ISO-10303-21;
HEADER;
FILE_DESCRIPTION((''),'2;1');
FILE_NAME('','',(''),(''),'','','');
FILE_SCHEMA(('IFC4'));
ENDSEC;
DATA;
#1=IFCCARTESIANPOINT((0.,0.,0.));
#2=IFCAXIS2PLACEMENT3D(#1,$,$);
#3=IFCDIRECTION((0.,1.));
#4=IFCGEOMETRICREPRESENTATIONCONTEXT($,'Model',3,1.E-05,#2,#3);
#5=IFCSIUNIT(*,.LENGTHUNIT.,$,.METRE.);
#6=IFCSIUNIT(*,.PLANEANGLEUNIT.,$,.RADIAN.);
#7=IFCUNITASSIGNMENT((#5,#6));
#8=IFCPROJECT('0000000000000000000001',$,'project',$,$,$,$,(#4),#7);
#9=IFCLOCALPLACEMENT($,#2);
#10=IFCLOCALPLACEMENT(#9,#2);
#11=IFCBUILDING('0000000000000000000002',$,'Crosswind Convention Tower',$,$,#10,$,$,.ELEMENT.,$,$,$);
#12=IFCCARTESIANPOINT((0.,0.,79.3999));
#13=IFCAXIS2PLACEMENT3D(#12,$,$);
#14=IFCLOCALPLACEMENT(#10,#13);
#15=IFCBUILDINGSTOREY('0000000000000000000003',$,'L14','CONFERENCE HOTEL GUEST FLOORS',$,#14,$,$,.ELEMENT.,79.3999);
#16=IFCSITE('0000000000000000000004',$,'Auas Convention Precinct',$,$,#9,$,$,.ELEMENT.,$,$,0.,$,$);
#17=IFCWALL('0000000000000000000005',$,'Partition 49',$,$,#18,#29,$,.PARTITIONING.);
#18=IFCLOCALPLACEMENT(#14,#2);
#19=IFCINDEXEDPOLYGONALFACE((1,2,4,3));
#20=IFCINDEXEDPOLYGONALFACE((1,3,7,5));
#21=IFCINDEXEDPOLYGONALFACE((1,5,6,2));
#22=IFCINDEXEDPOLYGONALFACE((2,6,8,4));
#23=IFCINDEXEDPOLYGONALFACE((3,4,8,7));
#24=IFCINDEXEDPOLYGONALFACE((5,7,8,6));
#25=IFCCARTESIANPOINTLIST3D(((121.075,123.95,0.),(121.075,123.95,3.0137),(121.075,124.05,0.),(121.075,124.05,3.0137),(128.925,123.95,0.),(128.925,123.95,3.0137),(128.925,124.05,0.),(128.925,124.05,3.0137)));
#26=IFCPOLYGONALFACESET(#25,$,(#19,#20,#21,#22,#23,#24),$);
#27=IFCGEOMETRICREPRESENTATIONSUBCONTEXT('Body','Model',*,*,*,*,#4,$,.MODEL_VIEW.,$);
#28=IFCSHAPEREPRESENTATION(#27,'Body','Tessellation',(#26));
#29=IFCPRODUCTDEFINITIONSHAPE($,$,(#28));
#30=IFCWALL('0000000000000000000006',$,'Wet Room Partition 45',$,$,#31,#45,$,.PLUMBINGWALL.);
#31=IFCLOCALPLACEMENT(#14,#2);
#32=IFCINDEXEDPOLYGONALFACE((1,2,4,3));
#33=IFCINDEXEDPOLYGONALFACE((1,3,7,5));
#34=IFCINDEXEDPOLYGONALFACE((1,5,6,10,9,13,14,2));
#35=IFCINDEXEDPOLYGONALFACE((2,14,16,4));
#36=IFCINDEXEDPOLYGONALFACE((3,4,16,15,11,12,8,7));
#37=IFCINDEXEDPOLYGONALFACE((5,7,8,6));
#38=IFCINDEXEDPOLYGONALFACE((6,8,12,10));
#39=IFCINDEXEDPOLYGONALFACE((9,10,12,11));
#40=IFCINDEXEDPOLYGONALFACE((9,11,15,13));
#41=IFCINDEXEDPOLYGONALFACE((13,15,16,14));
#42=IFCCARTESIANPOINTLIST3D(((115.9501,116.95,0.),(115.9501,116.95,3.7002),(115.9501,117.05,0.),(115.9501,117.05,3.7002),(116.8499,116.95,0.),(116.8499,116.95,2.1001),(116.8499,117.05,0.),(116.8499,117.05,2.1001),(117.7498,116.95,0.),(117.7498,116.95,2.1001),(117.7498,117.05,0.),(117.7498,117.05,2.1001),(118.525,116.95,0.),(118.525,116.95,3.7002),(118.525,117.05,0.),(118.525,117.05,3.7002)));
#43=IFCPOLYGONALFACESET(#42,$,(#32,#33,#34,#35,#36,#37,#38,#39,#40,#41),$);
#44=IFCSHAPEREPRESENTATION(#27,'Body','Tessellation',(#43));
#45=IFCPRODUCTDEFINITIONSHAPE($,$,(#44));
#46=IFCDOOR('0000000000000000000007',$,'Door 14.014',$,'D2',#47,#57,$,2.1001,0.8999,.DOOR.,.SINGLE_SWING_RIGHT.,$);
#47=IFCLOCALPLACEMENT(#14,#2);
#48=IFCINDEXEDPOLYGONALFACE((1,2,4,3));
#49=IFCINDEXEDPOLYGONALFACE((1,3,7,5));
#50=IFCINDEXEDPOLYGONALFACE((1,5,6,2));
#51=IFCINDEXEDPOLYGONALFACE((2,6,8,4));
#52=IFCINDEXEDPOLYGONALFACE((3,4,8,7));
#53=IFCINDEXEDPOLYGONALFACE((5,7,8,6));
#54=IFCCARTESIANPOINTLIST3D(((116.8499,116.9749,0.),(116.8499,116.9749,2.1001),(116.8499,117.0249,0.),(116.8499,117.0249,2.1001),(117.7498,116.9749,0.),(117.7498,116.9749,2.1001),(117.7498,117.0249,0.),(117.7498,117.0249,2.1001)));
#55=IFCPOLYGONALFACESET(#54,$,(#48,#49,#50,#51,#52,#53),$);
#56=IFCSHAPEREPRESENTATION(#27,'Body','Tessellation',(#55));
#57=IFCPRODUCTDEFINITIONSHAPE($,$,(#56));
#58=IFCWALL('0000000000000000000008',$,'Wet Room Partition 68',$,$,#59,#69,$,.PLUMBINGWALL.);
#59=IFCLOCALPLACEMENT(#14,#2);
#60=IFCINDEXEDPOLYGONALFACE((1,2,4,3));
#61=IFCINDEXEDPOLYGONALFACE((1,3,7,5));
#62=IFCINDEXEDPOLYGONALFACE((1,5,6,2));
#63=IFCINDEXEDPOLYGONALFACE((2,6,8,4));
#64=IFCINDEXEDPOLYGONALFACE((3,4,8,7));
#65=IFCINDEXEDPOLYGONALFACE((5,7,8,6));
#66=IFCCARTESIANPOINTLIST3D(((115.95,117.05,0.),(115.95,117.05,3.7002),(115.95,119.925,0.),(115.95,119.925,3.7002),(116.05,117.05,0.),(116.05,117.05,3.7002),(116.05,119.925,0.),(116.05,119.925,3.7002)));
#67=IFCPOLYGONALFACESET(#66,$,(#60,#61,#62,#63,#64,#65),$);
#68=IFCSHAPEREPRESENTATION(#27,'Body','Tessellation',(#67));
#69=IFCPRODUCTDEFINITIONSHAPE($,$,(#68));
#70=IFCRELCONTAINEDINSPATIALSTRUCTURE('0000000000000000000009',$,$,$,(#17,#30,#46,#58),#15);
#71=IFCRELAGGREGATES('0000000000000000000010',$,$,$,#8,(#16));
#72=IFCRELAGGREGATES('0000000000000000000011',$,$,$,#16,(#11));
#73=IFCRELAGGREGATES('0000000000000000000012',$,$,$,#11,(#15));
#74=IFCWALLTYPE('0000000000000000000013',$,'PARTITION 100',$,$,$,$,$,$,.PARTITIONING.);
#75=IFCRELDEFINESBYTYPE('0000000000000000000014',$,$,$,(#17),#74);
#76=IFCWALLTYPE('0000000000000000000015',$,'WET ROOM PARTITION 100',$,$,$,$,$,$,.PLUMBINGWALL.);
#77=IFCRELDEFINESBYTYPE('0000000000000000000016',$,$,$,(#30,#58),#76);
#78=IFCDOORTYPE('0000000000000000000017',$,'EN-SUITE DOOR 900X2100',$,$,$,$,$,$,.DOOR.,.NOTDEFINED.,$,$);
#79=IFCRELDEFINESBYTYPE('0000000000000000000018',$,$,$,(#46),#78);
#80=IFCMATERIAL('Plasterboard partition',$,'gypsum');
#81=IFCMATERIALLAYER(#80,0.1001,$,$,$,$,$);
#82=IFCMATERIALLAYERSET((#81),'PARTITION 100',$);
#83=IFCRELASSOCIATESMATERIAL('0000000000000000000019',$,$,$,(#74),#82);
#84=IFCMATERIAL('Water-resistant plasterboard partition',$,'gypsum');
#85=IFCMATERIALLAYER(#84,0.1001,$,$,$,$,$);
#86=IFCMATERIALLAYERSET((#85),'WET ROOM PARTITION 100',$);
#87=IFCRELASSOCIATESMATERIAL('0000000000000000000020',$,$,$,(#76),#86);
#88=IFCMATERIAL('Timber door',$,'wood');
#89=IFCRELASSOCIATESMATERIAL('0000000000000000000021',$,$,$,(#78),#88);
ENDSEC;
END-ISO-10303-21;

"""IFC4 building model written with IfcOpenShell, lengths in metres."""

from ifc_helpers import new_model, si_unit, direction, frame, frame_2d, origin, place, context, subcontext, project, spatial, rectangle, extrude, material, layer, layer_set, type_object, element, fill, save


model = new_model("IFC4")

# Units and contexts
model_context = context("Model", 3, precision=1e-05, world=origin(), true_north=direction((0.0, 1.0)))
body_context = subcontext(model_context, "Body", "Model", "MODEL_VIEW")
ifc_project = project(units=[si_unit("LENGTHUNIT", "METRE"), si_unit("PLANEANGLEUNIT", "RADIAN")], contexts=[model_context])

# Site, building, storey
site_placement = place(None, origin())
site = spatial("IfcSite", under=ifc_project, at=site_placement, Name="Auas Convention Precinct", CompositionType="ELEMENT", RefElevation=0.0)
building_placement = place(site_placement, origin())
building = spatial("IfcBuilding", under=site, at=building_placement, Name="Crosswind Convention Tower", CompositionType="ELEMENT")
storey_placement = place(building_placement, frame((0.0, 0.0, 79.3999)))
storey = spatial("IfcBuildingStorey", under=building, at=storey_placement, Name="L14", Description="CONFERENCE HOTEL GUEST FLOORS", CompositionType="ELEMENT", Elevation=79.3999)

# Shared definitions
ifc_material_1 = material(Name="Plasterboard partition", Category="gypsum")

# Wall
ifc_layer_1 = layer(ifc_material_1, 0.1001)
ifc_layer_set_1 = layer_set([ifc_layer_1], Name="PARTITION 100")
wall_type_1 = type_object("IfcWallType", Name="PARTITION 100", PredefinedType="PARTITIONING", material=ifc_layer_set_1)
wall_1_placement = place(storey_placement, frame((121.075, 124.0, 0.0), z_axis=(0.0, 0.0, 1.0), x_axis=(1.0, 0.0, 0.0)))
element("IfcWall", 1, at=wall_1_placement, inside=storey, type_object=wall_type_1, Name="Partition 49", PredefinedType="PARTITIONING", context=body_context, shape_type="SweptSolid", body=[
    extrude(rectangle(XDim=7.8501, YDim=0.1001, at=frame_2d((3.925, 0.0))), origin(), (0.0, 0.0, 1.0), 3.0137),
])

# Wall, opening, door
ifc_material_2 = material(Name="Water-resistant plasterboard partition", Category="gypsum")
ifc_layer_2 = layer(ifc_material_2, 0.1001)
ifc_layer_set_2 = layer_set([ifc_layer_2], Name="WET ROOM PARTITION 100")
wall_type_2 = type_object("IfcWallType", Name="WET ROOM PARTITION 100", PredefinedType="PLUMBINGWALL", material=ifc_layer_set_2)
wall_2_placement = place(storey_placement, frame((115.95, 117.0, 0.0), z_axis=(0.0, 0.0, 1.0), x_axis=(1.0, 0.0, 0.0)))
wall_2 = element("IfcWall", 2, at=wall_2_placement, inside=storey, type_object=wall_type_2, Name="Wet Room Partition 45", PredefinedType="PLUMBINGWALL", context=body_context, shape_type="SweptSolid", body=[
    extrude(rectangle(XDim=2.575, YDim=0.1001, at=frame_2d((1.2876, 0.0))), origin(), (0.0, 0.0, 1.0), 3.7002),
])
opening_1_placement = place(wall_2_placement, frame((0.8999, 0.0, 0.0)))
opening_1 = element("IfcOpeningElement", 3, at=opening_1_placement, cuts=wall_2, PredefinedType="OPENING", context=body_context, shape_type="SweptSolid", body=[
    extrude(rectangle(XDim=0.8999, YDim=2.1001, at=frame_2d((0.45, 1.05))), frame((0.0, 0.0601, 0.0), z_axis=(0.0, -1.0, 0.0), x_axis=(1.0, 0.0, 0.0)), (0.0, 0.0, 1.0), 0.1201),
])
ifc_material_3 = material(Name="Timber door", Category="wood")
door_type_1 = type_object("IfcDoorType", Name="EN-SUITE DOOR 900X2100", OperationType="NOTDEFINED", PredefinedType="DOOR", material=ifc_material_3)
door_1_placement = place(opening_1_placement, origin())
door_1 = element("IfcDoor", 4, at=door_1_placement, inside=storey, type_object=door_type_1, Name="Door 14.014", ObjectType="D2", OperationType="SINGLE_SWING_RIGHT", OverallHeight=2.1001, OverallWidth=0.8999, PredefinedType="DOOR", context=body_context, shape_type="SweptSolid", body=[
    extrude(rectangle(XDim=0.8999, YDim=2.1001, at=frame_2d((0.45, 1.05))), frame((0.0, 0.0249, 0.0), z_axis=(0.0, -1.0, 0.0), x_axis=(1.0, 0.0, 0.0)), (0.0, 0.0, 1.0), 0.05),
])
fill(opening_1, door_1)

# Wall
wall_3_placement = place(storey_placement, frame((116.0, 117.05, 0.0), z_axis=(0.0, 0.0, 1.0), x_axis=(0.0, 1.0, 0.0)))
element("IfcWall", 5, at=wall_3_placement, inside=storey, type_object=wall_type_2, Name="Wet Room Partition 68", PredefinedType="PLUMBINGWALL", context=body_context, shape_type="SweptSolid", body=[
    extrude(rectangle(XDim=2.875, YDim=0.1001, at=frame_2d((1.4375, 0.0))), origin(), (0.0, 0.0, 1.0), 3.7002),
])

save(model, "model.ifc")
